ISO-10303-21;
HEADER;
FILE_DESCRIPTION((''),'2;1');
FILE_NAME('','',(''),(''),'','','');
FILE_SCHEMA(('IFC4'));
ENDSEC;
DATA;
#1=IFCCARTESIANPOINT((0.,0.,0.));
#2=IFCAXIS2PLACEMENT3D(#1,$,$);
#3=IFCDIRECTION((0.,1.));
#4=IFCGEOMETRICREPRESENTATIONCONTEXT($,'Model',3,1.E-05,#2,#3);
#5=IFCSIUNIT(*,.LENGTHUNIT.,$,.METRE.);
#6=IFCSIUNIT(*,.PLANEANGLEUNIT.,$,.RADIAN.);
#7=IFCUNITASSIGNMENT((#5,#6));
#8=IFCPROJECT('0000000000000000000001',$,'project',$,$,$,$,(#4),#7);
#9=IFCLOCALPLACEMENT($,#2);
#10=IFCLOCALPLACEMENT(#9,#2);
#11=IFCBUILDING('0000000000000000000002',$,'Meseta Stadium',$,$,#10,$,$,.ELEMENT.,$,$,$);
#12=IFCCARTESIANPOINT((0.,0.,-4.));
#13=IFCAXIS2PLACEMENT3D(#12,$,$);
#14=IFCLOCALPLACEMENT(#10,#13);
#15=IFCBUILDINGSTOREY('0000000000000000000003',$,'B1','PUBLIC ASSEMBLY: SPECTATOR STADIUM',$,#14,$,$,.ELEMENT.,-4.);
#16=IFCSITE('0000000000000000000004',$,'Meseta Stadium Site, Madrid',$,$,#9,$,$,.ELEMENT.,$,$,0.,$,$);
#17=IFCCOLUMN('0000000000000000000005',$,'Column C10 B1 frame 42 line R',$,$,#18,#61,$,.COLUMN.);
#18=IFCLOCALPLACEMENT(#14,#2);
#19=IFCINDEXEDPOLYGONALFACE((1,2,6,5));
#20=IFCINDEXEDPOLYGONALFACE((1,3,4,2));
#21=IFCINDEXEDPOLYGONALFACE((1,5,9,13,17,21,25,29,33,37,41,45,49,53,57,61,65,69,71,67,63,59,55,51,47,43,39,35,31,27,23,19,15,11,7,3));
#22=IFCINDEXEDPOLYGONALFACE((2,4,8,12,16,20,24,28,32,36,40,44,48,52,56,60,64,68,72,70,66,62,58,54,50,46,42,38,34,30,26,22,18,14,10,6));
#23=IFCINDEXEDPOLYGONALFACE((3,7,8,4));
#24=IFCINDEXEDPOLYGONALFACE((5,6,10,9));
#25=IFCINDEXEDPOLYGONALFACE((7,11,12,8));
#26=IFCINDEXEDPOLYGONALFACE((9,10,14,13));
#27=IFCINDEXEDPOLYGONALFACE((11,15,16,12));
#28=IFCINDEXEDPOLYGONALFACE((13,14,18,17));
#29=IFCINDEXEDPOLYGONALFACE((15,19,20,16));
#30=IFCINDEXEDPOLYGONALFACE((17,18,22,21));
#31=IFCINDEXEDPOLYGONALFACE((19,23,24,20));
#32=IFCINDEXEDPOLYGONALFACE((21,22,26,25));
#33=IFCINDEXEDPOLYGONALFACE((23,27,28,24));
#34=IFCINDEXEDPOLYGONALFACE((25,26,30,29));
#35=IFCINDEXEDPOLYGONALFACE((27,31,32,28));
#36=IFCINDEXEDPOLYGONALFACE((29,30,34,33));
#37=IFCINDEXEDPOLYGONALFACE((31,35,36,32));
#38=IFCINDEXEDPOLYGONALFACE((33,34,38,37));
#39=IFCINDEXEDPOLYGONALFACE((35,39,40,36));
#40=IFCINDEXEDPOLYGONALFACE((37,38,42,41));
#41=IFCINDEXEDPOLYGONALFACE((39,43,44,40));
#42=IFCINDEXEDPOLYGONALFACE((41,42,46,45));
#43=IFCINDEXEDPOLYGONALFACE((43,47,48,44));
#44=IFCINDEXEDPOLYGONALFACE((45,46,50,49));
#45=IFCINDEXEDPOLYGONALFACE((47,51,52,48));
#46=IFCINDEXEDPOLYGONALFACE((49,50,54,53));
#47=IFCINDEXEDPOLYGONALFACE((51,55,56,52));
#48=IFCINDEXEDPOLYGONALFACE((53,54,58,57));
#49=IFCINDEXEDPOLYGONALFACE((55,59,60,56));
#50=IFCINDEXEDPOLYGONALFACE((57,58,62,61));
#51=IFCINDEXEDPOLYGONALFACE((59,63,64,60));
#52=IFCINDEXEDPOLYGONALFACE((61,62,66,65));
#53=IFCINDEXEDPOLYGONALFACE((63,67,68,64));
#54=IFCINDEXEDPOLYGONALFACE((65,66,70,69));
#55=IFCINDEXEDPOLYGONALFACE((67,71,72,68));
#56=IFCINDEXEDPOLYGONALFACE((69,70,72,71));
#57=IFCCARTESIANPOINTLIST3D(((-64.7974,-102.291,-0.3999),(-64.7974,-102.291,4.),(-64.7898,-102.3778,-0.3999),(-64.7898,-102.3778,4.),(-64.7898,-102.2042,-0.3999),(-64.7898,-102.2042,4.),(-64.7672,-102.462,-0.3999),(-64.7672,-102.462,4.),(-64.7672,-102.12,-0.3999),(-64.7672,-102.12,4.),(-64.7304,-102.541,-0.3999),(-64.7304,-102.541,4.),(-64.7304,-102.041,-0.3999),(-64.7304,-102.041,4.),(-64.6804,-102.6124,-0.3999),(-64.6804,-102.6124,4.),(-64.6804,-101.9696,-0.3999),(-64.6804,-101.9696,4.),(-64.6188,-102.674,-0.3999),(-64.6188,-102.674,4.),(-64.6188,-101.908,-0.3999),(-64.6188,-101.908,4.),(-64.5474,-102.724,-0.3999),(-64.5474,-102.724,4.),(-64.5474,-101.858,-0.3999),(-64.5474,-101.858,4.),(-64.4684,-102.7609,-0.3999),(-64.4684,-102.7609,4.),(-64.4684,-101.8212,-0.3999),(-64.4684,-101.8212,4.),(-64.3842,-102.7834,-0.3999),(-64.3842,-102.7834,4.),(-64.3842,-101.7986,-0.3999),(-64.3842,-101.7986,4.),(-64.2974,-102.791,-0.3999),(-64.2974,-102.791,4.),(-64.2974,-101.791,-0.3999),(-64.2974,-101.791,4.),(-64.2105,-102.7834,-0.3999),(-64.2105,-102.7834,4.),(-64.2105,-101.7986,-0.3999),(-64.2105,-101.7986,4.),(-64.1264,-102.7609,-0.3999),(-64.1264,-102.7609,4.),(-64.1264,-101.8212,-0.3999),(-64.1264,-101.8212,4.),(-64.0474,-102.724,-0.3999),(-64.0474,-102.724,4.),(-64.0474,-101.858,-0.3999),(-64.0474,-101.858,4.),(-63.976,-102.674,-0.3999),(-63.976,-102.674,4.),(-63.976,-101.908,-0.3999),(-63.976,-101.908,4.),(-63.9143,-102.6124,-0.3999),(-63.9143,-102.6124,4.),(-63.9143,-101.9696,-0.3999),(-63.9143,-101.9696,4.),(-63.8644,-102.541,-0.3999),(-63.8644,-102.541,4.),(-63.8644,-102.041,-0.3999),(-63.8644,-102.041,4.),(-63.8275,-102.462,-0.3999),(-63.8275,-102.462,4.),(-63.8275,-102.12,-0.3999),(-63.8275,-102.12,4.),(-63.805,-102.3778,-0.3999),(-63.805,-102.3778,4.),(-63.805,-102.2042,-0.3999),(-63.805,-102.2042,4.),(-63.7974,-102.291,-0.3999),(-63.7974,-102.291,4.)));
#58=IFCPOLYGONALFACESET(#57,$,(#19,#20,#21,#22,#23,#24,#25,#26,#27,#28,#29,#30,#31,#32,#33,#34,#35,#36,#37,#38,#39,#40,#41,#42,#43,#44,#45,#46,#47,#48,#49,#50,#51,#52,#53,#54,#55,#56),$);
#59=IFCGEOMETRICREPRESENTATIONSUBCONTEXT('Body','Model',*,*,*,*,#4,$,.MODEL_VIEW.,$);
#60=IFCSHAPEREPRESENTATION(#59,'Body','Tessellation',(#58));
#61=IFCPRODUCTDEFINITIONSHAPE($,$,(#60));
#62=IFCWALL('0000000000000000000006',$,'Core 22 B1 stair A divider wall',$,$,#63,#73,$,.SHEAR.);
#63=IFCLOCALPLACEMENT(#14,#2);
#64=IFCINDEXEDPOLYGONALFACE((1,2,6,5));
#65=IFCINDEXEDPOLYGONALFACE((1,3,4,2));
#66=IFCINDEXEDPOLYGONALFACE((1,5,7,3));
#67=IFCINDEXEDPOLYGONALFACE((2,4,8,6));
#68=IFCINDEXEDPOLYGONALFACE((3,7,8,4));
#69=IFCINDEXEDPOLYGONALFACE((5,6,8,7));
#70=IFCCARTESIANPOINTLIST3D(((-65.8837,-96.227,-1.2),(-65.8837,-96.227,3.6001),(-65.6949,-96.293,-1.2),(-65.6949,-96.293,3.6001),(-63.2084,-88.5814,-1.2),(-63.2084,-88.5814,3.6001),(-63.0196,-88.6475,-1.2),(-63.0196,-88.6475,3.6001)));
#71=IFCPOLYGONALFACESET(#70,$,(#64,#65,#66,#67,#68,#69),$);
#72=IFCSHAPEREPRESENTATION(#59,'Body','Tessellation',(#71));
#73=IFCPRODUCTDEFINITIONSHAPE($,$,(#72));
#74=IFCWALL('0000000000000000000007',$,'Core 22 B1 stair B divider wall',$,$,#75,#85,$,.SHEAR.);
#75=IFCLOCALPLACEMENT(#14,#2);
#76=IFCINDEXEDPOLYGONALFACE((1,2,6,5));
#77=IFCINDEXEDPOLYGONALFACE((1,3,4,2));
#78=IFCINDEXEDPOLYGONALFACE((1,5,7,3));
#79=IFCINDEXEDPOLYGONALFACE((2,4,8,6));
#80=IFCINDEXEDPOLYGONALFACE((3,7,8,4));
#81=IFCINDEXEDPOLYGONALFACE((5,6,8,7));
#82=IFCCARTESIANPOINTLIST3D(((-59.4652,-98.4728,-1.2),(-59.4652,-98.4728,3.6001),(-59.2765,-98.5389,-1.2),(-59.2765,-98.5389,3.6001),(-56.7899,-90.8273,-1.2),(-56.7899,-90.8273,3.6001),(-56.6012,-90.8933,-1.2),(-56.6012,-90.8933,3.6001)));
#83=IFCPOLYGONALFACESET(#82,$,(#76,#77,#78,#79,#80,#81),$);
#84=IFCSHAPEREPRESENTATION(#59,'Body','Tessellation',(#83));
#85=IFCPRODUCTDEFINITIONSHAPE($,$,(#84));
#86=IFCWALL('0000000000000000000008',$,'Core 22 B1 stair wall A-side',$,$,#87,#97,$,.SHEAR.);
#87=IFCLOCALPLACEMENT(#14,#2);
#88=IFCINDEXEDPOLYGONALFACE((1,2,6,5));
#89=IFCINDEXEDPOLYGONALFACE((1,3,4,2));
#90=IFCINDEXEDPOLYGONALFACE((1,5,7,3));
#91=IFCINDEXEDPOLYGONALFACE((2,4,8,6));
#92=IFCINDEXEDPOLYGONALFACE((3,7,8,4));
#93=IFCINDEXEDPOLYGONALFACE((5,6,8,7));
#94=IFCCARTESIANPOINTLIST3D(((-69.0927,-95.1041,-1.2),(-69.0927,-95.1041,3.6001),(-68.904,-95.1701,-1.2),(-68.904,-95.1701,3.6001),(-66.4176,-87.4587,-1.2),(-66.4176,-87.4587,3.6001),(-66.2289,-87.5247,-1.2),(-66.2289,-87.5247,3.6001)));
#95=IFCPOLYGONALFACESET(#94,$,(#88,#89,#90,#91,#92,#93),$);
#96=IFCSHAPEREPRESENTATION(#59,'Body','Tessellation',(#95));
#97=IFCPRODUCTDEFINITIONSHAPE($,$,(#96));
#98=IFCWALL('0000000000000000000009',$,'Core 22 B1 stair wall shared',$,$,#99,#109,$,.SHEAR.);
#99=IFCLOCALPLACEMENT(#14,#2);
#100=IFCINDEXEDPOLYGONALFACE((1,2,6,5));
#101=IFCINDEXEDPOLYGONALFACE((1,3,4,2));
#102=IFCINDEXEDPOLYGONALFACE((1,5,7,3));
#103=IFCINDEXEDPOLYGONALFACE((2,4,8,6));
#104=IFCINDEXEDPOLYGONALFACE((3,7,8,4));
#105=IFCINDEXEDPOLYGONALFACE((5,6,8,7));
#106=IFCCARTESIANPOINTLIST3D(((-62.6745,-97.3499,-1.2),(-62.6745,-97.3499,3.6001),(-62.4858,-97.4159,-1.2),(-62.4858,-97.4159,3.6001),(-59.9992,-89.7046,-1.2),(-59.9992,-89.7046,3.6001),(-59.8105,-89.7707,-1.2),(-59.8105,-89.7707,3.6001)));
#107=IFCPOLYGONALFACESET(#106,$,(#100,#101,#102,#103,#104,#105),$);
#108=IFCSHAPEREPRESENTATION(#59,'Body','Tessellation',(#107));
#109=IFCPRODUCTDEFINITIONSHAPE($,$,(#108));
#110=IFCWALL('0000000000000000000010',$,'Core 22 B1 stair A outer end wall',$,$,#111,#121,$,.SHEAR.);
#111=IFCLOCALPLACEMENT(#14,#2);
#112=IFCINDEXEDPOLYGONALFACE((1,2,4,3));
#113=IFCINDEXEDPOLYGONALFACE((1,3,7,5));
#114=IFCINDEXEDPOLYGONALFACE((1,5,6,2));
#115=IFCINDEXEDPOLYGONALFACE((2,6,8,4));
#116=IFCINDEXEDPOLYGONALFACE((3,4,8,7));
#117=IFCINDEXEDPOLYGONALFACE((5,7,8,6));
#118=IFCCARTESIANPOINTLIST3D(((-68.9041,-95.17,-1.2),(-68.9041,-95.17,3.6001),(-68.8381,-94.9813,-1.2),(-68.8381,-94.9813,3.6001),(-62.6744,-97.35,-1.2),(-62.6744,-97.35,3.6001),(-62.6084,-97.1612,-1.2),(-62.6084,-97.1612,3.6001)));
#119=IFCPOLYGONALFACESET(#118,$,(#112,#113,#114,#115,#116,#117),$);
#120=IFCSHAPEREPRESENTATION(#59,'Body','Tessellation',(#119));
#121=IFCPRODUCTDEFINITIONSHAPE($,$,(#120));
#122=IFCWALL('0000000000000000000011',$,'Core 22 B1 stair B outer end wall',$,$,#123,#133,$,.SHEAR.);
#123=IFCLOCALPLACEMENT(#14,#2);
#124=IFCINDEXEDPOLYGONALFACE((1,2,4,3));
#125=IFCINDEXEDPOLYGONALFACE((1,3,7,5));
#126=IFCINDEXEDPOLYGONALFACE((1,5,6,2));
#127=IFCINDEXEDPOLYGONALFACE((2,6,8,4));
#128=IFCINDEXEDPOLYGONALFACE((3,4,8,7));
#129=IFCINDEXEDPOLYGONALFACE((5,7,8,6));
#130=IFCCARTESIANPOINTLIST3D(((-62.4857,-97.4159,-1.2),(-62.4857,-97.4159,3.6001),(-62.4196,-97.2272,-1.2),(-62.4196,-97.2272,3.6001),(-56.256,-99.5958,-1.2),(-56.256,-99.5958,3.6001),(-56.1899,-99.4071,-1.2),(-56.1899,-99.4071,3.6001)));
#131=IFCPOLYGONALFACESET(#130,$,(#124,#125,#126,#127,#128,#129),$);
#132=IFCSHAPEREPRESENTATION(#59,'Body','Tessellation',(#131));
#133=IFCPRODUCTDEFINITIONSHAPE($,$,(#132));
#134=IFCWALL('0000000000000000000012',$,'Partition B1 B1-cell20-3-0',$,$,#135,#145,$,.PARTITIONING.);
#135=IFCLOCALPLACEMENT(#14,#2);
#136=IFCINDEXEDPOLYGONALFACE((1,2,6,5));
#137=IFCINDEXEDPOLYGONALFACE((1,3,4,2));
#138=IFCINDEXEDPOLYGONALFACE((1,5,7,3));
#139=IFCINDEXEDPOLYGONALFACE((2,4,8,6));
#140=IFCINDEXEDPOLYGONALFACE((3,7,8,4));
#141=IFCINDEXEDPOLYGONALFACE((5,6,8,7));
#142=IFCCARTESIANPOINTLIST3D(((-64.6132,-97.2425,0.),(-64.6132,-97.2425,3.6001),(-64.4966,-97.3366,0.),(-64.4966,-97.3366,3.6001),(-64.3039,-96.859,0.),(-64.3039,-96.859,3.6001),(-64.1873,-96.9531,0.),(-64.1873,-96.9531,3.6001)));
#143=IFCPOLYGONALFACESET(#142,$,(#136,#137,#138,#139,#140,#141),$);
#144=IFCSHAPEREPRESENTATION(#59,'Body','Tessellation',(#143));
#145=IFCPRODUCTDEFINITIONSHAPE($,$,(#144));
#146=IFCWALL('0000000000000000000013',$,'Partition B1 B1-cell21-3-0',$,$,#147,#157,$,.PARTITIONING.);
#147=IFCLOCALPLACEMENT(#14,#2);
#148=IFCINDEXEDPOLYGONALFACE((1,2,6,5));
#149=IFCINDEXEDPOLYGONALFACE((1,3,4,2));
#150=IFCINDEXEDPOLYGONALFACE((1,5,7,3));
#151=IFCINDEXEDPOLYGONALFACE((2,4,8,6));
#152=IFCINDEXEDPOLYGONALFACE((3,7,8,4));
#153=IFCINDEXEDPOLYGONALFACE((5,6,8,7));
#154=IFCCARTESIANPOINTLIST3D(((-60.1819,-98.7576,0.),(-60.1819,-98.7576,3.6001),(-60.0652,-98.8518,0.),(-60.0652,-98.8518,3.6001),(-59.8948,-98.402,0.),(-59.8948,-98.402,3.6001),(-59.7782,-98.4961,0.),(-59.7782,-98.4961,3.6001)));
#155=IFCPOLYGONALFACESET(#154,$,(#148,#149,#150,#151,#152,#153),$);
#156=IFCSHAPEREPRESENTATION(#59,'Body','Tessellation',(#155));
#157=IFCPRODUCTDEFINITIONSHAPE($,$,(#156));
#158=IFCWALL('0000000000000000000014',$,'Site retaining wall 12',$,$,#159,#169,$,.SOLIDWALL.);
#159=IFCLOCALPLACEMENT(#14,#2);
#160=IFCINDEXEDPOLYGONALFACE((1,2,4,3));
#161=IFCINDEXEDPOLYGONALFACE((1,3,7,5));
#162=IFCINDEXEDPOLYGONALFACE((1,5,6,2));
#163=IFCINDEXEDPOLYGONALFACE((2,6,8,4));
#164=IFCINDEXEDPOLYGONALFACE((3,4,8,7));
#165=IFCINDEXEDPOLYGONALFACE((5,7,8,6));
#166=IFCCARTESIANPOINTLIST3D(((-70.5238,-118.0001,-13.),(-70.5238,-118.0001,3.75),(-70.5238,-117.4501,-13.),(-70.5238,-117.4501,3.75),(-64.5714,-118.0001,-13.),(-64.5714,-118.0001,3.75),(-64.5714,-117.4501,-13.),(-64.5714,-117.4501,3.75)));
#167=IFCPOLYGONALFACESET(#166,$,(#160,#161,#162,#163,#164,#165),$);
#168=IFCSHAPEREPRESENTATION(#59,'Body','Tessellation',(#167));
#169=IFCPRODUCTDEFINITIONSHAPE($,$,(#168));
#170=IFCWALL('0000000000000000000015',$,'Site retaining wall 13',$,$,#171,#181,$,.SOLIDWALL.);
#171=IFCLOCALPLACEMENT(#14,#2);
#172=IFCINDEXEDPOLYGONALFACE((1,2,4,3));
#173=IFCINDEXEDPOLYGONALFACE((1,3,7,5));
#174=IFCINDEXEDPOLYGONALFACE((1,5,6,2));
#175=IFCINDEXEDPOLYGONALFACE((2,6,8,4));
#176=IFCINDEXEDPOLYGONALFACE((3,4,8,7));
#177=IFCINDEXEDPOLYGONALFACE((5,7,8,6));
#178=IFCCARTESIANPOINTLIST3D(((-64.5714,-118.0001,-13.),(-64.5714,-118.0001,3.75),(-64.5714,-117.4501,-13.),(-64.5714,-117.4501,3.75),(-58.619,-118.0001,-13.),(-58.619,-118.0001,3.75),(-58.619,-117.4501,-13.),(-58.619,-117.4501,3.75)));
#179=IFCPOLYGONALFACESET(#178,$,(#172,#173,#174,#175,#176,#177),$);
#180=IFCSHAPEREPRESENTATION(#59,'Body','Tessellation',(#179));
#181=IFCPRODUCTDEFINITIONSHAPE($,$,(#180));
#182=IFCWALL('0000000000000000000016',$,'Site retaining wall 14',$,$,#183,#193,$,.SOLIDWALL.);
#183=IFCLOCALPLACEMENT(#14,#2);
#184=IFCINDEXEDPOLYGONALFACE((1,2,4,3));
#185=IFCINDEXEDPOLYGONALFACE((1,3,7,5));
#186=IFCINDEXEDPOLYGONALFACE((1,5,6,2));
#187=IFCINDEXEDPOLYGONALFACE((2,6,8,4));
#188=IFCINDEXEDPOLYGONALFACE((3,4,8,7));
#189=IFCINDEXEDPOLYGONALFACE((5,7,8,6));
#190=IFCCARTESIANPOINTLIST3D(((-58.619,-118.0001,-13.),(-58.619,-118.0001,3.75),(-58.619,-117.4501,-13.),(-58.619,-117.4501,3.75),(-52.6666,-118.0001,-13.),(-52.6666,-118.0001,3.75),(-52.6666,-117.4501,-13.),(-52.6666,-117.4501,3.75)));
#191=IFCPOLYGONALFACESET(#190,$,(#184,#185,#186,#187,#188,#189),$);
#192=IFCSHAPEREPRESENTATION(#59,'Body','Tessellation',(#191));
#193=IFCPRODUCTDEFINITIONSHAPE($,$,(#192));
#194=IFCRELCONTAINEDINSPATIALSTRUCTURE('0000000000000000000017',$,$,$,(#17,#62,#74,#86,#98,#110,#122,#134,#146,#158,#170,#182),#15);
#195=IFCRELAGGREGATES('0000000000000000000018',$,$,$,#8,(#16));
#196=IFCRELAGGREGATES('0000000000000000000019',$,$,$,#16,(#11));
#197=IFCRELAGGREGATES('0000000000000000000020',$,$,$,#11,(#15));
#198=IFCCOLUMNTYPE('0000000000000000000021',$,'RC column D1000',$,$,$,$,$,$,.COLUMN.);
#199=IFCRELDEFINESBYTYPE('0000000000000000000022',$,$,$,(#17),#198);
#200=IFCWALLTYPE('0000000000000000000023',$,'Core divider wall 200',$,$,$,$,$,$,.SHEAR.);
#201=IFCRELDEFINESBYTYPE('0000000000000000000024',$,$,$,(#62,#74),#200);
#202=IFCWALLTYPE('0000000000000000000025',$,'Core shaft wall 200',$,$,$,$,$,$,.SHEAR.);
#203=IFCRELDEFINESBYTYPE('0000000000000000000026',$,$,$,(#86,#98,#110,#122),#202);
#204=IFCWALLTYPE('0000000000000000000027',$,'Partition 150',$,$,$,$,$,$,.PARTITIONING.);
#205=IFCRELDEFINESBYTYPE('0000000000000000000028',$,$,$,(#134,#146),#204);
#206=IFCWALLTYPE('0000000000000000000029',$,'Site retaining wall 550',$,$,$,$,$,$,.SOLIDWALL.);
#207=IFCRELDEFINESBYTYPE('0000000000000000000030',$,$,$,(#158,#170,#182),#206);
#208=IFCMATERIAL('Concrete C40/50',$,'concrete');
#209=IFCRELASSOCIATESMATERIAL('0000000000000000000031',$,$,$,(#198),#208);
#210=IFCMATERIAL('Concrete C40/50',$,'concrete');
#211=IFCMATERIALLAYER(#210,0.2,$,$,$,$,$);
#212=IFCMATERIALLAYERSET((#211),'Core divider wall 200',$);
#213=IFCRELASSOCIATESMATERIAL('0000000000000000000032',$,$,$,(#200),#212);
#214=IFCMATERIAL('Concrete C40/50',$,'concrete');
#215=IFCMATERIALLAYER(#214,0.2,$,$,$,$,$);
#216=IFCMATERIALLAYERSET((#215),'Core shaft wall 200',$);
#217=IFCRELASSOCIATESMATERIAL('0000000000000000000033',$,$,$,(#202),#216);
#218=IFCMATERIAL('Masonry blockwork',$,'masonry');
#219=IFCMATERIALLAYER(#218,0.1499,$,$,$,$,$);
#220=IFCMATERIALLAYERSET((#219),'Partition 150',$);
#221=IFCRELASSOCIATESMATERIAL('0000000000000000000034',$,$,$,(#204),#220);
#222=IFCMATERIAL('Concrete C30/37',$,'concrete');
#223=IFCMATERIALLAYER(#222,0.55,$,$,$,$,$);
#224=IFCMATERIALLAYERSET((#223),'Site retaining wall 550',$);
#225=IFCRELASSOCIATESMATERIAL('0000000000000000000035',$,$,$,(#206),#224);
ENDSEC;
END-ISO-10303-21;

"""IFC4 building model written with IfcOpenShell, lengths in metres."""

from ifc_helpers import new_model, si_unit, direction, frame, frame_2d, origin, origin_2d, place, context, subcontext, project, spatial, rectangle, circle, extrude, material, layer, layer_set, material_profile, profile_set, type_object, element, save


model = new_model("IFC4")

# Units and contexts
model_context = context("Model", 3, precision=1e-05, world=origin(), true_north=direction((0.0, 1.0)))
body_context = subcontext(model_context, "Body", "Model", "MODEL_VIEW")
ifc_project = project(units=[si_unit("LENGTHUNIT", "METRE"), si_unit("PLANEANGLEUNIT", "RADIAN")], contexts=[model_context])

# Site, building, storey
site_placement = place(None, origin())
site = spatial("IfcSite", under=ifc_project, at=site_placement, Name="Meseta Stadium Site, Madrid", CompositionType="ELEMENT", RefElevation=0.0)
building_placement = place(site_placement, origin())
building = spatial("IfcBuilding", under=site, at=building_placement, Name="Meseta Stadium", CompositionType="ELEMENT")
storey_placement = place(building_placement, frame((0.0, 0.0, -4.0)))
storey = spatial("IfcBuildingStorey", under=building, at=storey_placement, Name="B1", Description="PUBLIC ASSEMBLY: SPECTATOR STADIUM", CompositionType="ELEMENT", Elevation=-4.0)

# Column
ifc_material_1 = material(Name="Concrete C40/50", Category="concrete")
ifc_material_profile = material_profile(ifc_material_1, circle(Radius=0.5, at=origin_2d()), Name="RC D1000")
ifc_profile_set = profile_set([ifc_material_profile], Name="Concrete C40/50")
column_type = type_object("IfcColumnType", Name="RC column D1000", PredefinedType="COLUMN", material=ifc_profile_set)
column_placement = place(storey_placement, frame((-64.2974, -102.291, -0.3999), z_axis=(0.0, 0.0, 1.0), x_axis=(1.0, 0.0, 0.0)))
element("IfcColumn", 1, at=column_placement, inside=storey, type_object=column_type, Name="Column C10 B1 frame 42 line R", PredefinedType="COLUMN", context=body_context, shape_type="SweptSolid", body=[
    extrude(circle(Radius=0.5, at=origin_2d()), origin(), (0.0, 0.0, 1.0), 4.3999),
])

# Walls
ifc_material_2 = material(Name="Concrete C40/50", Category="concrete")
ifc_layer_1 = layer(ifc_material_2, 0.2)
ifc_layer_set_1 = layer_set([ifc_layer_1], Name="Core divider wall 200")
wall_type_1 = type_object("IfcWallType", Name="Core divider wall 200", PredefinedType="SHEAR", material=ifc_layer_set_1)
for number, where, z_axis, x_axis, name in (
    (2, (-65.7893, -96.26, -1.2), (0.0, 0.0, 1.0), (0.330281, 0.943883, 0.0), "Core 22 B1 stair A divider wall"),
    (3, (-59.3708, -98.5059, -1.2), (0.0, 0.0, 1.0), (0.330281, 0.943883, 0.0), "Core 22 B1 stair B divider wall"),
):
    element("IfcWall", number, at=place(storey_placement, frame(where, z_axis=z_axis, x_axis=x_axis)), inside=storey, type_object=wall_type_1, Name=name, PredefinedType="SHEAR", context=body_context, shape_type="SweptSolid", body=[
        extrude(rectangle(XDim=8.1001, YDim=0.2, at=frame_2d((4.05, 0.0))), origin(), (0.0, 0.0, 1.0), 4.8),
    ])
ifc_material_3 = material(Name="Concrete C40/50", Category="concrete")
ifc_layer_2 = layer(ifc_material_3, 0.2)
ifc_layer_set_2 = layer_set([ifc_layer_2], Name="Core shaft wall 200")
wall_type_2 = type_object("IfcWallType", Name="Core shaft wall 200", PredefinedType="SHEAR", material=ifc_layer_set_2)
for number, where, z_axis, x_axis, name in (
    (4, (-68.9983, -95.137, -1.2), (0.0, 0.0, 1.0), (0.330263, 0.943889, 0.0), "Core 22 B1 stair wall A-side"),
    (5, (-62.5801, -97.3828, -1.2), (0.0, 0.0, 1.0), (0.33029, 0.94388, 0.0), "Core 22 B1 stair wall shared"),
):
    element("IfcWall", number, at=place(storey_placement, frame(where, z_axis=z_axis, x_axis=x_axis)), inside=storey, type_object=wall_type_2, Name=name, PredefinedType="SHEAR", context=body_context, shape_type="SweptSolid", body=[
        extrude(rectangle(XDim=8.0999, YDim=0.2, at=frame_2d((4.0498, 0.0))), origin(), (0.0, 0.0, 1.0), 4.8),
    ])
for number, where, z_axis, x_axis, name in (
    (6, (-68.8711, -95.0757, -1.2), (0.0, 0.0, 1.0), (0.943881, -0.330286, 0.0), "Core 22 B1 stair A outer end wall"),
    (7, (-62.4526, -97.3215, -1.2), (0.0, 0.0, 1.0), (0.943881, -0.330286, 0.0), "Core 22 B1 stair B outer end wall"),
):
    element("IfcWall", number, at=place(storey_placement, frame(where, z_axis=z_axis, x_axis=x_axis)), inside=storey, type_object=wall_type_2, Name=name, PredefinedType="SHEAR", context=body_context, shape_type="SweptSolid", body=[
        extrude(rectangle(XDim=6.6001, YDim=0.2, at=frame_2d((3.3, 0.0))), origin(), (0.0, 0.0, 1.0), 4.8),
    ])
ifc_material_4 = material(Name="Masonry blockwork", Category="masonry")
ifc_layer_3 = layer(ifc_material_4, 0.1499)
ifc_layer_set_3 = layer_set([ifc_layer_3], Name="Partition 150")
wall_type_3 = type_object("IfcWallType", Name="Partition 150", PredefinedType="PARTITIONING", material=ifc_layer_set_3)
wall_1_placement = place(storey_placement, frame((-64.2456, -96.906, 0.0), z_axis=(0.0, 0.0, 1.0), x_axis=(-0.627772, -0.778397, 0.0)))
element("IfcWall", 8, at=wall_1_placement, inside=storey, type_object=wall_type_3, Name="Partition B1 B1-cell20-3-0", PredefinedType="PARTITIONING", context=body_context, shape_type="SweptSolid", body=[
    extrude(rectangle(XDim=0.4927, YDim=0.1499, at=frame_2d((0.2463, 0.0))), origin(), (0.0, 0.0, 1.0), 3.6001),
])
wall_2_placement = place(storey_placement, frame((-60.1235, -98.8047, 0.0), z_axis=(0.0, 0.0, 1.0), x_axis=(0.628076, 0.778152, 0.0)))
element("IfcWall", 9, at=wall_2_placement, inside=storey, type_object=wall_type_3, Name="Partition B1 B1-cell21-3-0", PredefinedType="PARTITIONING", context=body_context, shape_type="SweptSolid", body=[
    extrude(rectangle(XDim=0.457, YDim=0.1499, at=frame_2d((0.2285, 0.0))), origin(), (0.0, 0.0, 1.0), 3.6001),
])
ifc_material_5 = material(Name="Concrete C30/37", Category="concrete")
ifc_layer_4 = layer(ifc_material_5, 0.55)
ifc_layer_set_4 = layer_set([ifc_layer_4], Name="Site retaining wall 550")
wall_type_4 = type_object("IfcWallType", Name="Site retaining wall 550", PredefinedType="SOLIDWALL", material=ifc_layer_set_4)
for number, where, z_axis, x_axis, name in (
    (10, (-70.5237, -117.7251, -13.0), (0.0, 0.0, 1.0), (1.0, 0.0, 0.0), "Site retaining wall 12"),
    (11, (-64.5713, -117.7251, -13.0), (0.0, 0.0, 1.0), (1.0, 0.0, 0.0), "Site retaining wall 13"),
    (12, (-58.6189, -117.7251, -13.0), (0.0, 0.0, 1.0), (1.0, 0.0, 0.0), "Site retaining wall 14"),
):
    element("IfcWall", number, at=place(storey_placement, frame(where, z_axis=z_axis, x_axis=x_axis)), inside=storey, type_object=wall_type_4, Name=name, PredefinedType="SOLIDWALL", context=body_context, shape_type="SweptSolid", body=[
        extrude(rectangle(XDim=5.9524, YDim=0.55, at=frame_2d((2.9761, 0.0))), origin(), (0.0, 0.0, 1.0), 16.75),
    ])

save(model, "model.ifc")
